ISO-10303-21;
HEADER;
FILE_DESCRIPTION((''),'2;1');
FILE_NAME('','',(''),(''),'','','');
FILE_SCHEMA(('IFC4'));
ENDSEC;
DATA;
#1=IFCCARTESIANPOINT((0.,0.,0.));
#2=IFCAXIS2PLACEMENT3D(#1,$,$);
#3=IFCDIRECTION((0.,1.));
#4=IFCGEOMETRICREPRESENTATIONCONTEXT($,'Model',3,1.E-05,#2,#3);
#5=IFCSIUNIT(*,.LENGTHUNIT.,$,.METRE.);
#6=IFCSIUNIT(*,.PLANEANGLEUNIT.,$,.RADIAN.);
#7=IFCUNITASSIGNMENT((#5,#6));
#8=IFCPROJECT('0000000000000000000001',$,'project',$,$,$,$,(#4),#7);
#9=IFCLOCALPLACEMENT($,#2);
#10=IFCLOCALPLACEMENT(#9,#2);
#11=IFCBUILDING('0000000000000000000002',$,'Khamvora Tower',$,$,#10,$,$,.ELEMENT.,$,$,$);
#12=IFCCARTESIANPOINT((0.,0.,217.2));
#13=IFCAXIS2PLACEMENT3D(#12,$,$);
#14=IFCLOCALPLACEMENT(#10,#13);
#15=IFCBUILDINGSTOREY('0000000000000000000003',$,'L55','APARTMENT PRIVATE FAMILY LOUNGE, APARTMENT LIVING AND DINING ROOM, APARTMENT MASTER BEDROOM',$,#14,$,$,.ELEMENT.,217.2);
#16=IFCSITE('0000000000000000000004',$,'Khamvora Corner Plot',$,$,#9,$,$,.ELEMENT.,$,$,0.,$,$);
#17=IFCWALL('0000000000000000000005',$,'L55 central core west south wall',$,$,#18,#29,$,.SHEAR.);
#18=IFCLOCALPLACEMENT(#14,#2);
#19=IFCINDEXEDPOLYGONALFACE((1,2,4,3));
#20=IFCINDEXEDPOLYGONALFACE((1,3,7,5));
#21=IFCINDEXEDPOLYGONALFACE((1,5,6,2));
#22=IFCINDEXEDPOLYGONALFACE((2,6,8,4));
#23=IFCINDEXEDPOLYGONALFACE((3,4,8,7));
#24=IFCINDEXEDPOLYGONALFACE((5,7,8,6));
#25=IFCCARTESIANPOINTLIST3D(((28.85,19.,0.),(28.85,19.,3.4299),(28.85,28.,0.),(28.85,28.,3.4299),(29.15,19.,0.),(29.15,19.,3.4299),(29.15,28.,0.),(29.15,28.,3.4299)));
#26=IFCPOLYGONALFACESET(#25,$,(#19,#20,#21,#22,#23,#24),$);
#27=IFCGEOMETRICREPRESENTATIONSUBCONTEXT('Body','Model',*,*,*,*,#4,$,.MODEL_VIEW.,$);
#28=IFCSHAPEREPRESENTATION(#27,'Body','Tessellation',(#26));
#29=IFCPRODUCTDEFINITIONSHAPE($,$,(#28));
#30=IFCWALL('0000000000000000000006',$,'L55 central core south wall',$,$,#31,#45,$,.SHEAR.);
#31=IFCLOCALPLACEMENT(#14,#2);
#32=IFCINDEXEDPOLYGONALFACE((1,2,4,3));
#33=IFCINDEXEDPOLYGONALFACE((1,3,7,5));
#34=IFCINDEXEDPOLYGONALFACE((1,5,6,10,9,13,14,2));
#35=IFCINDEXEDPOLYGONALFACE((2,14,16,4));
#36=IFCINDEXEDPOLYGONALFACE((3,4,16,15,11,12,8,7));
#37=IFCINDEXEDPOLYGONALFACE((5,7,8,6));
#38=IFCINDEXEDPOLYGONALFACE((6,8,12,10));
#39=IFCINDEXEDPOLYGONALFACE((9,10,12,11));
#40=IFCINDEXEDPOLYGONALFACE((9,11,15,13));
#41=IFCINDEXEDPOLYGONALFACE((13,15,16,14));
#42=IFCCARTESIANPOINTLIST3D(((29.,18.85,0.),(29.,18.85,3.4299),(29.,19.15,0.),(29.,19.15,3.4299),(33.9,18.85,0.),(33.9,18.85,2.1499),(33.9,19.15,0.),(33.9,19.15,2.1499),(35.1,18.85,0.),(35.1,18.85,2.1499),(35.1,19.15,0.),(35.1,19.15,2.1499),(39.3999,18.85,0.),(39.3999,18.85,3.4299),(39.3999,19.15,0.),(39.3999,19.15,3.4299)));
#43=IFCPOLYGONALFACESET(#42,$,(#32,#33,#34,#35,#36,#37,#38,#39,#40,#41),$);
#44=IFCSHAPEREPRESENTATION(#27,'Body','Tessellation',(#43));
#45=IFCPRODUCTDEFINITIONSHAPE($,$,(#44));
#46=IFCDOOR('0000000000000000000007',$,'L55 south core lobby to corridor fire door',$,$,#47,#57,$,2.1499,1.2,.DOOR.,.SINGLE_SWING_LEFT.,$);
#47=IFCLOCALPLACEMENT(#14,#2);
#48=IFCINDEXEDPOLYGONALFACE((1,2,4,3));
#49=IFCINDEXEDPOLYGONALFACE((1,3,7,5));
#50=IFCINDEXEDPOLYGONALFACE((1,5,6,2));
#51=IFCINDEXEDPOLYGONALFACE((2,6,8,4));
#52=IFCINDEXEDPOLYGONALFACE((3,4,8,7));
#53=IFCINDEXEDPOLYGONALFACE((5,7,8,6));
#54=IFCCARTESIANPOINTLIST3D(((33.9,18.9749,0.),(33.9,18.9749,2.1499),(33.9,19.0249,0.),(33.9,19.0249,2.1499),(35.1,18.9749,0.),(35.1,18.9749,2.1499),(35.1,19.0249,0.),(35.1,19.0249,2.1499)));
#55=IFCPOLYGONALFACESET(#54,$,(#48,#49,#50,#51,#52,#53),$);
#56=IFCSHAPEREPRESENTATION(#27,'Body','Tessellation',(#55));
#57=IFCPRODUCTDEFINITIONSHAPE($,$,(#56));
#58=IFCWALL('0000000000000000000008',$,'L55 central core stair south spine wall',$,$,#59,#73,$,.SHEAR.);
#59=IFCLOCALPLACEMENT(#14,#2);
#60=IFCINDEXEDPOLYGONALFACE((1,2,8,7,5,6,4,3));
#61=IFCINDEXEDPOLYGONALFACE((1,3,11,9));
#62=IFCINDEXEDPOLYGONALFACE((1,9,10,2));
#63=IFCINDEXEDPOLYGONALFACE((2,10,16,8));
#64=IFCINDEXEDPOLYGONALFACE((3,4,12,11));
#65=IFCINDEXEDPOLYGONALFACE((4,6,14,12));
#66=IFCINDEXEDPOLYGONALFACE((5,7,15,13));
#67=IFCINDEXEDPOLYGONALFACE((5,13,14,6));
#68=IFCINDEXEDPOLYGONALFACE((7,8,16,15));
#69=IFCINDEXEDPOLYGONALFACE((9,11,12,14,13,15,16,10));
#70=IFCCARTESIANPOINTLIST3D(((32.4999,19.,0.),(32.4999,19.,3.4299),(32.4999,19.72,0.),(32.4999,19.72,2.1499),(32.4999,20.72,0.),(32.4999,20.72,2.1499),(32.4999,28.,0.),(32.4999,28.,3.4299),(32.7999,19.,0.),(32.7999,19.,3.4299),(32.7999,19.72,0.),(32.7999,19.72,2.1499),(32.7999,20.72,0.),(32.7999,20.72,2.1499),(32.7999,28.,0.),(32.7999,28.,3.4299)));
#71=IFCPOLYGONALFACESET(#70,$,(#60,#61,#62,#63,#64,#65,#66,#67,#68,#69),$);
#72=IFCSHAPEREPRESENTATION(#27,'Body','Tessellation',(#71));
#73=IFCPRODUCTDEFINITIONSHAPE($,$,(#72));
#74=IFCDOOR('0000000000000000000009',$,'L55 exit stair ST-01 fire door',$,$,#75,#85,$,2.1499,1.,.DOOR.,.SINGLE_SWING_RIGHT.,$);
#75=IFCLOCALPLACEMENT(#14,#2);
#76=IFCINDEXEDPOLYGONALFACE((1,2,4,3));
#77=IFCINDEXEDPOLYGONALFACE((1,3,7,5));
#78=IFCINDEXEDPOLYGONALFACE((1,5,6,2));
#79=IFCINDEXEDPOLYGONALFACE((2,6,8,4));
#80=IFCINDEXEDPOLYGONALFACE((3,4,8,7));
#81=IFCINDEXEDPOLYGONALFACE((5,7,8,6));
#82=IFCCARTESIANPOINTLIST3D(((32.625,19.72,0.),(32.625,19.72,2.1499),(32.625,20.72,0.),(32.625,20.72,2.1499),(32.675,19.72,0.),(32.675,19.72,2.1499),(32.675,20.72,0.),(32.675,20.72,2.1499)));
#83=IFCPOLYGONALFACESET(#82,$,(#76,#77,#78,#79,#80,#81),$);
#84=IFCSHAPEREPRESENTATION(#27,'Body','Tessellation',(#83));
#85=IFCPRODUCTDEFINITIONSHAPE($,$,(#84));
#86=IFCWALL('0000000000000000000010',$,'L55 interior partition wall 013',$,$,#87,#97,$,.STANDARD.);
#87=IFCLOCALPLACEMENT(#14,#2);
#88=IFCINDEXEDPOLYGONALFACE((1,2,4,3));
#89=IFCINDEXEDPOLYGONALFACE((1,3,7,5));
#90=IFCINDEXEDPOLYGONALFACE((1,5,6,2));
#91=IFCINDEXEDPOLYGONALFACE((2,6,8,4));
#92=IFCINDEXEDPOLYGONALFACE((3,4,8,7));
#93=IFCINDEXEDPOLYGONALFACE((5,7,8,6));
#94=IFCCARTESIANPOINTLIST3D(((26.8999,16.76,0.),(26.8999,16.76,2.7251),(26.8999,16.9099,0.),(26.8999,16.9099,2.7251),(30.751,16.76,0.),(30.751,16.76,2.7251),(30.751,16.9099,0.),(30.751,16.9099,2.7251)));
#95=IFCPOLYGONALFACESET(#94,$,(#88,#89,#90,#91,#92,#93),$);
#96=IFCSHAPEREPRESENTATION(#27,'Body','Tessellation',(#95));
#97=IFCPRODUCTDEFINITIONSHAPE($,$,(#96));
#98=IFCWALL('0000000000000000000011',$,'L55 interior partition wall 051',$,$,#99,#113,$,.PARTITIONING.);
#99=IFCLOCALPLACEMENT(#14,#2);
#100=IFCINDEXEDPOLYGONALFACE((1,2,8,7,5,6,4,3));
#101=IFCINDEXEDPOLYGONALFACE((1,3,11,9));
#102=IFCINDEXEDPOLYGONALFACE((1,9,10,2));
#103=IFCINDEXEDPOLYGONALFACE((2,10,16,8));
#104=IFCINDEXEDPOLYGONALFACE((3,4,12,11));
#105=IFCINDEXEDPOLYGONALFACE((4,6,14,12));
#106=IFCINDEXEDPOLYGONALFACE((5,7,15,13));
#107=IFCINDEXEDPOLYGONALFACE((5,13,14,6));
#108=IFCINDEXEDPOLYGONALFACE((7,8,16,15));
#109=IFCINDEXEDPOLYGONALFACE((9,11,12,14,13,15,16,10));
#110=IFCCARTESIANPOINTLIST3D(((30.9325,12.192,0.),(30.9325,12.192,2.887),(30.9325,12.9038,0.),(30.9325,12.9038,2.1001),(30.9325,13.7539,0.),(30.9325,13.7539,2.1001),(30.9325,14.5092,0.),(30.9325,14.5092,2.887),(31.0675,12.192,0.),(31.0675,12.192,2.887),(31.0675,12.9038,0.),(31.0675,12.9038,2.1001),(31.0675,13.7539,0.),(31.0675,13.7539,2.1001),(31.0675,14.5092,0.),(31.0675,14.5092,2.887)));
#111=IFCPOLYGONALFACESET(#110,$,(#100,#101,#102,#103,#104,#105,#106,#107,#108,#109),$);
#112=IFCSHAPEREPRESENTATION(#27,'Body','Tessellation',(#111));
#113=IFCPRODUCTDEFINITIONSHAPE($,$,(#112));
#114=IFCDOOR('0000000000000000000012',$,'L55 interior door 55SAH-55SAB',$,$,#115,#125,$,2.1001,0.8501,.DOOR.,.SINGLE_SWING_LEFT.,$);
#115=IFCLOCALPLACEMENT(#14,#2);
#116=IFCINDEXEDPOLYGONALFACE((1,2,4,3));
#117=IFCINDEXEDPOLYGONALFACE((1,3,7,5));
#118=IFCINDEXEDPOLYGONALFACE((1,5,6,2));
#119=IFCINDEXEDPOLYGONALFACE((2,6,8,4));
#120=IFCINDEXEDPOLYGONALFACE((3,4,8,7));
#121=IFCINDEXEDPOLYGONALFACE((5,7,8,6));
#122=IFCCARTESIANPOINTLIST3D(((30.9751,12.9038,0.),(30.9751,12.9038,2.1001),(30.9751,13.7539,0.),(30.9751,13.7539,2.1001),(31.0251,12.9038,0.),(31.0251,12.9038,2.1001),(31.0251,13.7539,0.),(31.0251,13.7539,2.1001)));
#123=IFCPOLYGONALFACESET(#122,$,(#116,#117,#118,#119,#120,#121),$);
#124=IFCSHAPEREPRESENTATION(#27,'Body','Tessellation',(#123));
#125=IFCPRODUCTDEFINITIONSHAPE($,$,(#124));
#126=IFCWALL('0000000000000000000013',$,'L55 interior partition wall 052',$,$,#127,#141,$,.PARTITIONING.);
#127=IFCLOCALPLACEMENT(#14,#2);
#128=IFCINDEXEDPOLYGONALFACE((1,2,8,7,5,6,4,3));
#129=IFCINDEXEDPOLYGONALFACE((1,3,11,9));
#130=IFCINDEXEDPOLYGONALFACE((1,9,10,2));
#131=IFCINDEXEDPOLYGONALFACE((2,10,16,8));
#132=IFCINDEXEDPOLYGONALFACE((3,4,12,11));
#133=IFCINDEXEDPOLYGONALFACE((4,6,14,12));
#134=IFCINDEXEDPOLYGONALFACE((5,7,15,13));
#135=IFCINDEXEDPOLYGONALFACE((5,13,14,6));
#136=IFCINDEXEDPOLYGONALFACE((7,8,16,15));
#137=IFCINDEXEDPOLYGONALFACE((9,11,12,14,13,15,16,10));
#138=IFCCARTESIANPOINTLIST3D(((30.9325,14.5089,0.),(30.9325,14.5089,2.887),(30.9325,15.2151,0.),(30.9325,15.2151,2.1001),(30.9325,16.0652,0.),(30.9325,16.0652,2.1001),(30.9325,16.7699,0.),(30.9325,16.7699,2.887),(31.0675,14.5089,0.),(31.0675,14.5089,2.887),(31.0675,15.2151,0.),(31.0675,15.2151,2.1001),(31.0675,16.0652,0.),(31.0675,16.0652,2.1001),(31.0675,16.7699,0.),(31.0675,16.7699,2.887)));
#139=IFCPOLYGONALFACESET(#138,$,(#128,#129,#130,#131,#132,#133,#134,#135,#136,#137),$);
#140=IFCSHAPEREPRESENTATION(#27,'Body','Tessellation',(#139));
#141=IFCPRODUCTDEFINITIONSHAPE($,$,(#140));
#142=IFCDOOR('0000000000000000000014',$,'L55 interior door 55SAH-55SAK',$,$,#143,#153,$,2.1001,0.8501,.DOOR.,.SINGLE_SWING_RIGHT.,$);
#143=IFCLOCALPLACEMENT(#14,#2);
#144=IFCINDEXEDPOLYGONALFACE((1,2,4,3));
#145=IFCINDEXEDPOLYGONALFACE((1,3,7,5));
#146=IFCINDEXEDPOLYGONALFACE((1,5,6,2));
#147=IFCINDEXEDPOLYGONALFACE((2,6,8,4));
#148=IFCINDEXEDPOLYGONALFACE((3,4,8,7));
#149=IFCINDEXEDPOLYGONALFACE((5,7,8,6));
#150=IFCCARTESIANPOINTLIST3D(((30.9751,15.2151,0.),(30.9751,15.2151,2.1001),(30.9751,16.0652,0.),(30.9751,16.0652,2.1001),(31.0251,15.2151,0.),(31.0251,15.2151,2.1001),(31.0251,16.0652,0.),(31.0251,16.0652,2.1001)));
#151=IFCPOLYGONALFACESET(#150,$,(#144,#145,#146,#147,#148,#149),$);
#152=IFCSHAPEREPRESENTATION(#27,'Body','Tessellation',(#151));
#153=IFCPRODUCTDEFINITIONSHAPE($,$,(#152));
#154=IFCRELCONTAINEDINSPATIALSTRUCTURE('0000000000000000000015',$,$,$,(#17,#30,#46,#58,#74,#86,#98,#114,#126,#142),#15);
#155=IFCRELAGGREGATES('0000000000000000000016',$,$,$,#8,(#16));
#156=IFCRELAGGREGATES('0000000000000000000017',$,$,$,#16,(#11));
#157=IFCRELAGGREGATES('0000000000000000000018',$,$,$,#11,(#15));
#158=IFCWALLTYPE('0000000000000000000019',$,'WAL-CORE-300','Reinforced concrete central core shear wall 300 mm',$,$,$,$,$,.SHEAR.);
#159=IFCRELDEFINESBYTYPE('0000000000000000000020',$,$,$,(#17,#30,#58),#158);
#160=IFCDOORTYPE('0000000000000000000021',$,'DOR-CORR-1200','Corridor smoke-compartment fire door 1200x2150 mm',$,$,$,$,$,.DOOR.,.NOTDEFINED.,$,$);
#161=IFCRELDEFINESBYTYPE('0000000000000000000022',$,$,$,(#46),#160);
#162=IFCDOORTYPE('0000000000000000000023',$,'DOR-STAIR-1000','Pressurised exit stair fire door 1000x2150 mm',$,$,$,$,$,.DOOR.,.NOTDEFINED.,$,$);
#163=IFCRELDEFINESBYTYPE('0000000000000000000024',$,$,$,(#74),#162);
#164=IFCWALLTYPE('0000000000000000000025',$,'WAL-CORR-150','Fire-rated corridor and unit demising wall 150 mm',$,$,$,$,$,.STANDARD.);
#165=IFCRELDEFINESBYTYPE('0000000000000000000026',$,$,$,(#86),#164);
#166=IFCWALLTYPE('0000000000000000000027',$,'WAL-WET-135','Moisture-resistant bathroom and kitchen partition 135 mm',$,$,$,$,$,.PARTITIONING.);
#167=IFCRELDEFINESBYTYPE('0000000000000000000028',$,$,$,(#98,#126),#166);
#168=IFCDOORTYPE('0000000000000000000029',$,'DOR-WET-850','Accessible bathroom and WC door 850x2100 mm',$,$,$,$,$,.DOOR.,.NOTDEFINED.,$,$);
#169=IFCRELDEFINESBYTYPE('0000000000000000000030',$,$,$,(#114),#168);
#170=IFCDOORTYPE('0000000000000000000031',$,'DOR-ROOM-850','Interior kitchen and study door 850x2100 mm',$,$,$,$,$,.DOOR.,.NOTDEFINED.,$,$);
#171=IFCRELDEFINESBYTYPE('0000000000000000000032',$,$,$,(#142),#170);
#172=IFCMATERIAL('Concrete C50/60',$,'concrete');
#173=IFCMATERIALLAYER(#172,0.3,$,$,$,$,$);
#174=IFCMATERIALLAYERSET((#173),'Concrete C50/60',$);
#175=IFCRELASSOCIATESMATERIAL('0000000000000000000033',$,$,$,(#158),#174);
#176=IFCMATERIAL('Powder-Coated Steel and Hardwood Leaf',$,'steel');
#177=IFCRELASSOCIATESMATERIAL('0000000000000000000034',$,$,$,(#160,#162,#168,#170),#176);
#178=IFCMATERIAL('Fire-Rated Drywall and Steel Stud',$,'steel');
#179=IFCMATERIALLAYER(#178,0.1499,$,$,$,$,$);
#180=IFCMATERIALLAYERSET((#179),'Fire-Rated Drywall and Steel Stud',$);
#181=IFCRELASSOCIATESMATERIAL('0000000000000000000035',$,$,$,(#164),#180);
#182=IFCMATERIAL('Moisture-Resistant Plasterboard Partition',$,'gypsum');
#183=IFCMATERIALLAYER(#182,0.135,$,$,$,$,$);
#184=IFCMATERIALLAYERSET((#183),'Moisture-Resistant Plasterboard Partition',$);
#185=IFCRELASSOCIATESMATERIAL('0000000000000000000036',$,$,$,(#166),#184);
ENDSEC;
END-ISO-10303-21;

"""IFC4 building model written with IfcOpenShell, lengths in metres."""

from ifc_helpers import new_model, si_unit, direction, frame, frame_2d, origin, place, context, subcontext, project, spatial, rectangle, extrude, material, layer, layer_set, type_object, element, fill, save


model = new_model("IFC4")

# Units and contexts
model_context = context("Model", 3, precision=1e-05, world=origin(), true_north=direction((0.0, 1.0)))
body_context = subcontext(model_context, "Body", "Model", "MODEL_VIEW")
ifc_project = project(units=[si_unit("LENGTHUNIT", "METRE"), si_unit("PLANEANGLEUNIT", "RADIAN")], contexts=[model_context])

# Site, building, storey
site_placement = place(None, origin())
site = spatial("IfcSite", under=ifc_project, at=site_placement, Name="Khamvora Corner Plot", CompositionType="ELEMENT", RefElevation=0.0)
building_placement = place(site_placement, origin())
building = spatial("IfcBuilding", under=site, at=building_placement, Name="Khamvora Tower", CompositionType="ELEMENT")
storey_placement = place(building_placement, frame((0.0, 0.0, 217.2)))
storey = spatial("IfcBuildingStorey", under=building, at=storey_placement, Name="L55", Description="APARTMENT PRIVATE FAMILY LOUNGE, APARTMENT LIVING AND DINING ROOM, APARTMENT MASTER BEDROOM", CompositionType="ELEMENT", Elevation=217.2)

# Wall
ifc_material_1 = material(Name="Concrete C50/60", Category="concrete")
ifc_layer_1 = layer(ifc_material_1, 0.3)
ifc_layer_set_1 = layer_set([ifc_layer_1], Name="Concrete C50/60")
wall_type_1 = type_object("IfcWallType", Name="WAL-CORE-300", Description="Reinforced concrete central core shear wall 300 mm", PredefinedType="SHEAR", material=ifc_layer_set_1)
wall_1_placement = place(storey_placement, frame((29.0, 19.0, 0.0), z_axis=(0.0, 0.0, 1.0), x_axis=(0.0, 1.0, 0.0)))
element("IfcWall", 1, at=wall_1_placement, inside=storey, type_object=wall_type_1, Name="L55 central core west south wall", PredefinedType="SHEAR", context=body_context, shape_type="SweptSolid", body=[
    extrude(rectangle(XDim=9.0, YDim=0.3, at=frame_2d((4.5, 0.0))), origin(), (0.0, 0.0, 1.0), 3.4299),
])

# Walls, openings, doors
wall_2_placement = place(storey_placement, frame((29.0, 19.0, 0.0), z_axis=(0.0, 0.0, 1.0), x_axis=(1.0, 0.0, 0.0)))
wall_2 = element("IfcWall", 2, at=wall_2_placement, inside=storey, type_object=wall_type_1, Name="L55 central core south wall", PredefinedType="SHEAR", context=body_context, shape_type="SweptSolid", body=[
    extrude(rectangle(XDim=10.3999, YDim=0.3, at=frame_2d((5.2, 0.0))), origin(), (0.0, 0.0, 1.0), 3.4299),
])
opening_1_placement = place(wall_2_placement, frame((4.8999, 0.0, 0.0)))
opening_1 = element("IfcOpeningElement", 3, at=opening_1_placement, cuts=wall_2, PredefinedType="OPENING", context=body_context, shape_type="SweptSolid", body=[
    extrude(rectangle(XDim=1.2, YDim=2.1499, at=frame_2d((0.6001, 1.075))), frame((0.0, 0.1599, 0.0), z_axis=(0.0, -1.0, 0.0), x_axis=(1.0, 0.0, 0.0)), (0.0, 0.0, 1.0), 0.3201),
])
ifc_material_2 = material(Name="Powder-Coated Steel and Hardwood Leaf", Category="steel")
door_type_1 = type_object("IfcDoorType", Name="DOR-CORR-1200", Description="Corridor smoke-compartment fire door 1200x2150 mm", OperationType="NOTDEFINED", PredefinedType="DOOR", material=ifc_material_2)
door_1_placement = place(opening_1_placement, origin())
door_1 = element("IfcDoor", 4, at=door_1_placement, inside=storey, type_object=door_type_1, Name="L55 south core lobby to corridor fire door", OperationType="SINGLE_SWING_LEFT", OverallHeight=2.1499, OverallWidth=1.2, PredefinedType="DOOR", context=body_context, shape_type="SweptSolid", body=[
    extrude(rectangle(XDim=1.2, YDim=2.1499, at=frame_2d((0.6001, 1.075))), frame((0.0, 0.0249, 0.0), z_axis=(0.0, -1.0, 0.0), x_axis=(1.0, 0.0, 0.0)), (0.0, 0.0, 1.0), 0.05),
])
fill(opening_1, door_1)
wall_3_placement = place(storey_placement, frame((32.6499, 19.0, 0.0), z_axis=(0.0, 0.0, 1.0), x_axis=(0.0, 1.0, 0.0)))
wall_3 = element("IfcWall", 5, at=wall_3_placement, inside=storey, type_object=wall_type_1, Name="L55 central core stair south spine wall", PredefinedType="SHEAR", context=body_context, shape_type="SweptSolid", body=[
    extrude(rectangle(XDim=9.0, YDim=0.3, at=frame_2d((4.5, 0.0))), origin(), (0.0, 0.0, 1.0), 3.4299),
])
opening_2_placement = place(wall_3_placement, frame((0.72, 0.0, 0.0)))
opening_2 = element("IfcOpeningElement", 6, at=opening_2_placement, cuts=wall_3, PredefinedType="OPENING", context=body_context, shape_type="SweptSolid", body=[
    extrude(rectangle(XDim=1.0, YDim=2.1499, at=frame_2d((0.5, 1.075))), frame((0.0, 0.1599, 0.0), z_axis=(0.0, -1.0, 0.0), x_axis=(1.0, 0.0, 0.0)), (0.0, 0.0, 1.0), 0.3201),
])
door_type_2 = type_object("IfcDoorType", Name="DOR-STAIR-1000", Description="Pressurised exit stair fire door 1000x2150 mm", OperationType="NOTDEFINED", PredefinedType="DOOR", material=ifc_material_2)
door_2_placement = place(opening_2_placement, origin())
door_2 = element("IfcDoor", 7, at=door_2_placement, inside=storey, type_object=door_type_2, Name="L55 exit stair ST-01 fire door", OperationType="SINGLE_SWING_RIGHT", OverallHeight=2.1499, OverallWidth=1.0, PredefinedType="DOOR", context=body_context, shape_type="SweptSolid", body=[
    extrude(rectangle(XDim=1.0, YDim=2.1499, at=frame_2d((0.5, 1.075))), frame((0.0, 0.0249, 0.0), z_axis=(0.0, -1.0, 0.0), x_axis=(1.0, 0.0, 0.0)), (0.0, 0.0, 1.0), 0.05),
])
fill(opening_2, door_2)

# Wall
ifc_material_3 = material(Name="Fire-Rated Drywall and Steel Stud", Category="steel")
ifc_layer_2 = layer(ifc_material_3, 0.1499)
ifc_layer_set_2 = layer_set([ifc_layer_2], Name="Fire-Rated Drywall and Steel Stud")
wall_type_2 = type_object("IfcWallType", Name="WAL-CORR-150", Description="Fire-rated corridor and unit demising wall 150 mm", PredefinedType="STANDARD", material=ifc_layer_set_2)
wall_4_placement = place(storey_placement, frame((30.751, 16.835, 0.0), z_axis=(0.0, 0.0, 1.0), x_axis=(-1.0, 0.0, 0.0)))
element("IfcWall", 8, at=wall_4_placement, inside=storey, type_object=wall_type_2, Name="L55 interior partition wall 013", PredefinedType="STANDARD", context=body_context, shape_type="SweptSolid", body=[
    extrude(rectangle(XDim=3.8511, YDim=0.1499, at=frame_2d((1.9255, 0.0))), origin(), (0.0, 0.0, 1.0), 2.7251),
])

# Walls, openings, doors
ifc_material_4 = material(Name="Moisture-Resistant Plasterboard Partition", Category="gypsum")
ifc_layer_3 = layer(ifc_material_4, 0.135)
ifc_layer_set_3 = layer_set([ifc_layer_3], Name="Moisture-Resistant Plasterboard Partition")
wall_type_3 = type_object("IfcWallType", Name="WAL-WET-135", Description="Moisture-resistant bathroom and kitchen partition 135 mm", PredefinedType="PARTITIONING", material=ifc_layer_set_3)
wall_5_placement = place(storey_placement, frame((31.0, 12.1919, 0.0), z_axis=(0.0, 0.0, 1.0), x_axis=(0.0, 1.0, 0.0)))
wall_5 = element("IfcWall", 9, at=wall_5_placement, inside=storey, type_object=wall_type_3, Name="L55 interior partition wall 051", PredefinedType="PARTITIONING", context=body_context, shape_type="SweptSolid", body=[
    extrude(rectangle(XDim=2.3171, YDim=0.135, at=frame_2d((1.1587, 0.0))), origin(), (0.0, 0.0, 1.0), 2.887),
])
opening_3_placement = place(wall_5_placement, frame((0.7119, 0.0, 0.0)))
opening_3 = element("IfcOpeningElement", 10, at=opening_3_placement, cuts=wall_5, PredefinedType="OPENING", context=body_context, shape_type="SweptSolid", body=[
    extrude(rectangle(XDim=0.8501, YDim=2.1001, at=frame_2d((0.425, 1.05))), frame((0.0, 0.0774, 0.0), z_axis=(0.0, -1.0, 0.0), x_axis=(1.0, 0.0, 0.0)), (0.0, 0.0, 1.0), 0.155),
])
door_type_3 = type_object("IfcDoorType", Name="DOR-WET-850", Description="Accessible bathroom and WC door 850x2100 mm", OperationType="NOTDEFINED", PredefinedType="DOOR", material=ifc_material_2)
door_3_placement = place(opening_3_placement, origin())
door_3 = element("IfcDoor", 11, at=door_3_placement, inside=storey, type_object=door_type_3, Name="L55 interior door 55SAH-55SAB", OperationType="SINGLE_SWING_LEFT", OverallHeight=2.1001, OverallWidth=0.8501, PredefinedType="DOOR", context=body_context, shape_type="SweptSolid", body=[
    extrude(rectangle(XDim=0.8501, YDim=2.1001, at=frame_2d((0.425, 1.05))), frame((0.0, 0.0249, 0.0), z_axis=(0.0, -1.0, 0.0), x_axis=(1.0, 0.0, 0.0)), (0.0, 0.0, 1.0), 0.05),
])
fill(opening_3, door_3)
wall_6_placement = place(storey_placement, frame((31.0, 14.509, 0.0), z_axis=(0.0, 0.0, 1.0), x_axis=(0.0, 1.0, 0.0)))
wall_6 = element("IfcWall", 12, at=wall_6_placement, inside=storey, type_object=wall_type_3, Name="L55 interior partition wall 052", PredefinedType="PARTITIONING", context=body_context, shape_type="SweptSolid", body=[
    extrude(rectangle(XDim=2.261, YDim=0.135, at=frame_2d((1.1304, 0.0))), origin(), (0.0, 0.0, 1.0), 2.887),
])
opening_4_placement = place(wall_6_placement, frame((0.7061, 0.0, 0.0)))
opening_4 = element("IfcOpeningElement", 13, at=opening_4_placement, cuts=wall_6, PredefinedType="OPENING", context=body_context, shape_type="SweptSolid", body=[
    extrude(rectangle(XDim=0.8501, YDim=2.1001, at=frame_2d((0.425, 1.05))), frame((0.0, 0.0774, 0.0), z_axis=(0.0, -1.0, 0.0), x_axis=(1.0, 0.0, 0.0)), (0.0, 0.0, 1.0), 0.155),
])
door_type_4 = type_object("IfcDoorType", Name="DOR-ROOM-850", Description="Interior kitchen and study door 850x2100 mm", OperationType="NOTDEFINED", PredefinedType="DOOR", material=ifc_material_2)
door_4_placement = place(opening_4_placement, origin())
door_4 = element("IfcDoor", 14, at=door_4_placement, inside=storey, type_object=door_type_4, Name="L55 interior door 55SAH-55SAK", OperationType="SINGLE_SWING_RIGHT", OverallHeight=2.1001, OverallWidth=0.8501, PredefinedType="DOOR", context=body_context, shape_type="SweptSolid", body=[
    extrude(rectangle(XDim=0.8501, YDim=2.1001, at=frame_2d((0.425, 1.05))), frame((0.0, 0.0249, 0.0), z_axis=(0.0, -1.0, 0.0), x_axis=(1.0, 0.0, 0.0)), (0.0, 0.0, 1.0), 0.05),
])
fill(opening_4, door_4)

save(model, "model.ifc")
